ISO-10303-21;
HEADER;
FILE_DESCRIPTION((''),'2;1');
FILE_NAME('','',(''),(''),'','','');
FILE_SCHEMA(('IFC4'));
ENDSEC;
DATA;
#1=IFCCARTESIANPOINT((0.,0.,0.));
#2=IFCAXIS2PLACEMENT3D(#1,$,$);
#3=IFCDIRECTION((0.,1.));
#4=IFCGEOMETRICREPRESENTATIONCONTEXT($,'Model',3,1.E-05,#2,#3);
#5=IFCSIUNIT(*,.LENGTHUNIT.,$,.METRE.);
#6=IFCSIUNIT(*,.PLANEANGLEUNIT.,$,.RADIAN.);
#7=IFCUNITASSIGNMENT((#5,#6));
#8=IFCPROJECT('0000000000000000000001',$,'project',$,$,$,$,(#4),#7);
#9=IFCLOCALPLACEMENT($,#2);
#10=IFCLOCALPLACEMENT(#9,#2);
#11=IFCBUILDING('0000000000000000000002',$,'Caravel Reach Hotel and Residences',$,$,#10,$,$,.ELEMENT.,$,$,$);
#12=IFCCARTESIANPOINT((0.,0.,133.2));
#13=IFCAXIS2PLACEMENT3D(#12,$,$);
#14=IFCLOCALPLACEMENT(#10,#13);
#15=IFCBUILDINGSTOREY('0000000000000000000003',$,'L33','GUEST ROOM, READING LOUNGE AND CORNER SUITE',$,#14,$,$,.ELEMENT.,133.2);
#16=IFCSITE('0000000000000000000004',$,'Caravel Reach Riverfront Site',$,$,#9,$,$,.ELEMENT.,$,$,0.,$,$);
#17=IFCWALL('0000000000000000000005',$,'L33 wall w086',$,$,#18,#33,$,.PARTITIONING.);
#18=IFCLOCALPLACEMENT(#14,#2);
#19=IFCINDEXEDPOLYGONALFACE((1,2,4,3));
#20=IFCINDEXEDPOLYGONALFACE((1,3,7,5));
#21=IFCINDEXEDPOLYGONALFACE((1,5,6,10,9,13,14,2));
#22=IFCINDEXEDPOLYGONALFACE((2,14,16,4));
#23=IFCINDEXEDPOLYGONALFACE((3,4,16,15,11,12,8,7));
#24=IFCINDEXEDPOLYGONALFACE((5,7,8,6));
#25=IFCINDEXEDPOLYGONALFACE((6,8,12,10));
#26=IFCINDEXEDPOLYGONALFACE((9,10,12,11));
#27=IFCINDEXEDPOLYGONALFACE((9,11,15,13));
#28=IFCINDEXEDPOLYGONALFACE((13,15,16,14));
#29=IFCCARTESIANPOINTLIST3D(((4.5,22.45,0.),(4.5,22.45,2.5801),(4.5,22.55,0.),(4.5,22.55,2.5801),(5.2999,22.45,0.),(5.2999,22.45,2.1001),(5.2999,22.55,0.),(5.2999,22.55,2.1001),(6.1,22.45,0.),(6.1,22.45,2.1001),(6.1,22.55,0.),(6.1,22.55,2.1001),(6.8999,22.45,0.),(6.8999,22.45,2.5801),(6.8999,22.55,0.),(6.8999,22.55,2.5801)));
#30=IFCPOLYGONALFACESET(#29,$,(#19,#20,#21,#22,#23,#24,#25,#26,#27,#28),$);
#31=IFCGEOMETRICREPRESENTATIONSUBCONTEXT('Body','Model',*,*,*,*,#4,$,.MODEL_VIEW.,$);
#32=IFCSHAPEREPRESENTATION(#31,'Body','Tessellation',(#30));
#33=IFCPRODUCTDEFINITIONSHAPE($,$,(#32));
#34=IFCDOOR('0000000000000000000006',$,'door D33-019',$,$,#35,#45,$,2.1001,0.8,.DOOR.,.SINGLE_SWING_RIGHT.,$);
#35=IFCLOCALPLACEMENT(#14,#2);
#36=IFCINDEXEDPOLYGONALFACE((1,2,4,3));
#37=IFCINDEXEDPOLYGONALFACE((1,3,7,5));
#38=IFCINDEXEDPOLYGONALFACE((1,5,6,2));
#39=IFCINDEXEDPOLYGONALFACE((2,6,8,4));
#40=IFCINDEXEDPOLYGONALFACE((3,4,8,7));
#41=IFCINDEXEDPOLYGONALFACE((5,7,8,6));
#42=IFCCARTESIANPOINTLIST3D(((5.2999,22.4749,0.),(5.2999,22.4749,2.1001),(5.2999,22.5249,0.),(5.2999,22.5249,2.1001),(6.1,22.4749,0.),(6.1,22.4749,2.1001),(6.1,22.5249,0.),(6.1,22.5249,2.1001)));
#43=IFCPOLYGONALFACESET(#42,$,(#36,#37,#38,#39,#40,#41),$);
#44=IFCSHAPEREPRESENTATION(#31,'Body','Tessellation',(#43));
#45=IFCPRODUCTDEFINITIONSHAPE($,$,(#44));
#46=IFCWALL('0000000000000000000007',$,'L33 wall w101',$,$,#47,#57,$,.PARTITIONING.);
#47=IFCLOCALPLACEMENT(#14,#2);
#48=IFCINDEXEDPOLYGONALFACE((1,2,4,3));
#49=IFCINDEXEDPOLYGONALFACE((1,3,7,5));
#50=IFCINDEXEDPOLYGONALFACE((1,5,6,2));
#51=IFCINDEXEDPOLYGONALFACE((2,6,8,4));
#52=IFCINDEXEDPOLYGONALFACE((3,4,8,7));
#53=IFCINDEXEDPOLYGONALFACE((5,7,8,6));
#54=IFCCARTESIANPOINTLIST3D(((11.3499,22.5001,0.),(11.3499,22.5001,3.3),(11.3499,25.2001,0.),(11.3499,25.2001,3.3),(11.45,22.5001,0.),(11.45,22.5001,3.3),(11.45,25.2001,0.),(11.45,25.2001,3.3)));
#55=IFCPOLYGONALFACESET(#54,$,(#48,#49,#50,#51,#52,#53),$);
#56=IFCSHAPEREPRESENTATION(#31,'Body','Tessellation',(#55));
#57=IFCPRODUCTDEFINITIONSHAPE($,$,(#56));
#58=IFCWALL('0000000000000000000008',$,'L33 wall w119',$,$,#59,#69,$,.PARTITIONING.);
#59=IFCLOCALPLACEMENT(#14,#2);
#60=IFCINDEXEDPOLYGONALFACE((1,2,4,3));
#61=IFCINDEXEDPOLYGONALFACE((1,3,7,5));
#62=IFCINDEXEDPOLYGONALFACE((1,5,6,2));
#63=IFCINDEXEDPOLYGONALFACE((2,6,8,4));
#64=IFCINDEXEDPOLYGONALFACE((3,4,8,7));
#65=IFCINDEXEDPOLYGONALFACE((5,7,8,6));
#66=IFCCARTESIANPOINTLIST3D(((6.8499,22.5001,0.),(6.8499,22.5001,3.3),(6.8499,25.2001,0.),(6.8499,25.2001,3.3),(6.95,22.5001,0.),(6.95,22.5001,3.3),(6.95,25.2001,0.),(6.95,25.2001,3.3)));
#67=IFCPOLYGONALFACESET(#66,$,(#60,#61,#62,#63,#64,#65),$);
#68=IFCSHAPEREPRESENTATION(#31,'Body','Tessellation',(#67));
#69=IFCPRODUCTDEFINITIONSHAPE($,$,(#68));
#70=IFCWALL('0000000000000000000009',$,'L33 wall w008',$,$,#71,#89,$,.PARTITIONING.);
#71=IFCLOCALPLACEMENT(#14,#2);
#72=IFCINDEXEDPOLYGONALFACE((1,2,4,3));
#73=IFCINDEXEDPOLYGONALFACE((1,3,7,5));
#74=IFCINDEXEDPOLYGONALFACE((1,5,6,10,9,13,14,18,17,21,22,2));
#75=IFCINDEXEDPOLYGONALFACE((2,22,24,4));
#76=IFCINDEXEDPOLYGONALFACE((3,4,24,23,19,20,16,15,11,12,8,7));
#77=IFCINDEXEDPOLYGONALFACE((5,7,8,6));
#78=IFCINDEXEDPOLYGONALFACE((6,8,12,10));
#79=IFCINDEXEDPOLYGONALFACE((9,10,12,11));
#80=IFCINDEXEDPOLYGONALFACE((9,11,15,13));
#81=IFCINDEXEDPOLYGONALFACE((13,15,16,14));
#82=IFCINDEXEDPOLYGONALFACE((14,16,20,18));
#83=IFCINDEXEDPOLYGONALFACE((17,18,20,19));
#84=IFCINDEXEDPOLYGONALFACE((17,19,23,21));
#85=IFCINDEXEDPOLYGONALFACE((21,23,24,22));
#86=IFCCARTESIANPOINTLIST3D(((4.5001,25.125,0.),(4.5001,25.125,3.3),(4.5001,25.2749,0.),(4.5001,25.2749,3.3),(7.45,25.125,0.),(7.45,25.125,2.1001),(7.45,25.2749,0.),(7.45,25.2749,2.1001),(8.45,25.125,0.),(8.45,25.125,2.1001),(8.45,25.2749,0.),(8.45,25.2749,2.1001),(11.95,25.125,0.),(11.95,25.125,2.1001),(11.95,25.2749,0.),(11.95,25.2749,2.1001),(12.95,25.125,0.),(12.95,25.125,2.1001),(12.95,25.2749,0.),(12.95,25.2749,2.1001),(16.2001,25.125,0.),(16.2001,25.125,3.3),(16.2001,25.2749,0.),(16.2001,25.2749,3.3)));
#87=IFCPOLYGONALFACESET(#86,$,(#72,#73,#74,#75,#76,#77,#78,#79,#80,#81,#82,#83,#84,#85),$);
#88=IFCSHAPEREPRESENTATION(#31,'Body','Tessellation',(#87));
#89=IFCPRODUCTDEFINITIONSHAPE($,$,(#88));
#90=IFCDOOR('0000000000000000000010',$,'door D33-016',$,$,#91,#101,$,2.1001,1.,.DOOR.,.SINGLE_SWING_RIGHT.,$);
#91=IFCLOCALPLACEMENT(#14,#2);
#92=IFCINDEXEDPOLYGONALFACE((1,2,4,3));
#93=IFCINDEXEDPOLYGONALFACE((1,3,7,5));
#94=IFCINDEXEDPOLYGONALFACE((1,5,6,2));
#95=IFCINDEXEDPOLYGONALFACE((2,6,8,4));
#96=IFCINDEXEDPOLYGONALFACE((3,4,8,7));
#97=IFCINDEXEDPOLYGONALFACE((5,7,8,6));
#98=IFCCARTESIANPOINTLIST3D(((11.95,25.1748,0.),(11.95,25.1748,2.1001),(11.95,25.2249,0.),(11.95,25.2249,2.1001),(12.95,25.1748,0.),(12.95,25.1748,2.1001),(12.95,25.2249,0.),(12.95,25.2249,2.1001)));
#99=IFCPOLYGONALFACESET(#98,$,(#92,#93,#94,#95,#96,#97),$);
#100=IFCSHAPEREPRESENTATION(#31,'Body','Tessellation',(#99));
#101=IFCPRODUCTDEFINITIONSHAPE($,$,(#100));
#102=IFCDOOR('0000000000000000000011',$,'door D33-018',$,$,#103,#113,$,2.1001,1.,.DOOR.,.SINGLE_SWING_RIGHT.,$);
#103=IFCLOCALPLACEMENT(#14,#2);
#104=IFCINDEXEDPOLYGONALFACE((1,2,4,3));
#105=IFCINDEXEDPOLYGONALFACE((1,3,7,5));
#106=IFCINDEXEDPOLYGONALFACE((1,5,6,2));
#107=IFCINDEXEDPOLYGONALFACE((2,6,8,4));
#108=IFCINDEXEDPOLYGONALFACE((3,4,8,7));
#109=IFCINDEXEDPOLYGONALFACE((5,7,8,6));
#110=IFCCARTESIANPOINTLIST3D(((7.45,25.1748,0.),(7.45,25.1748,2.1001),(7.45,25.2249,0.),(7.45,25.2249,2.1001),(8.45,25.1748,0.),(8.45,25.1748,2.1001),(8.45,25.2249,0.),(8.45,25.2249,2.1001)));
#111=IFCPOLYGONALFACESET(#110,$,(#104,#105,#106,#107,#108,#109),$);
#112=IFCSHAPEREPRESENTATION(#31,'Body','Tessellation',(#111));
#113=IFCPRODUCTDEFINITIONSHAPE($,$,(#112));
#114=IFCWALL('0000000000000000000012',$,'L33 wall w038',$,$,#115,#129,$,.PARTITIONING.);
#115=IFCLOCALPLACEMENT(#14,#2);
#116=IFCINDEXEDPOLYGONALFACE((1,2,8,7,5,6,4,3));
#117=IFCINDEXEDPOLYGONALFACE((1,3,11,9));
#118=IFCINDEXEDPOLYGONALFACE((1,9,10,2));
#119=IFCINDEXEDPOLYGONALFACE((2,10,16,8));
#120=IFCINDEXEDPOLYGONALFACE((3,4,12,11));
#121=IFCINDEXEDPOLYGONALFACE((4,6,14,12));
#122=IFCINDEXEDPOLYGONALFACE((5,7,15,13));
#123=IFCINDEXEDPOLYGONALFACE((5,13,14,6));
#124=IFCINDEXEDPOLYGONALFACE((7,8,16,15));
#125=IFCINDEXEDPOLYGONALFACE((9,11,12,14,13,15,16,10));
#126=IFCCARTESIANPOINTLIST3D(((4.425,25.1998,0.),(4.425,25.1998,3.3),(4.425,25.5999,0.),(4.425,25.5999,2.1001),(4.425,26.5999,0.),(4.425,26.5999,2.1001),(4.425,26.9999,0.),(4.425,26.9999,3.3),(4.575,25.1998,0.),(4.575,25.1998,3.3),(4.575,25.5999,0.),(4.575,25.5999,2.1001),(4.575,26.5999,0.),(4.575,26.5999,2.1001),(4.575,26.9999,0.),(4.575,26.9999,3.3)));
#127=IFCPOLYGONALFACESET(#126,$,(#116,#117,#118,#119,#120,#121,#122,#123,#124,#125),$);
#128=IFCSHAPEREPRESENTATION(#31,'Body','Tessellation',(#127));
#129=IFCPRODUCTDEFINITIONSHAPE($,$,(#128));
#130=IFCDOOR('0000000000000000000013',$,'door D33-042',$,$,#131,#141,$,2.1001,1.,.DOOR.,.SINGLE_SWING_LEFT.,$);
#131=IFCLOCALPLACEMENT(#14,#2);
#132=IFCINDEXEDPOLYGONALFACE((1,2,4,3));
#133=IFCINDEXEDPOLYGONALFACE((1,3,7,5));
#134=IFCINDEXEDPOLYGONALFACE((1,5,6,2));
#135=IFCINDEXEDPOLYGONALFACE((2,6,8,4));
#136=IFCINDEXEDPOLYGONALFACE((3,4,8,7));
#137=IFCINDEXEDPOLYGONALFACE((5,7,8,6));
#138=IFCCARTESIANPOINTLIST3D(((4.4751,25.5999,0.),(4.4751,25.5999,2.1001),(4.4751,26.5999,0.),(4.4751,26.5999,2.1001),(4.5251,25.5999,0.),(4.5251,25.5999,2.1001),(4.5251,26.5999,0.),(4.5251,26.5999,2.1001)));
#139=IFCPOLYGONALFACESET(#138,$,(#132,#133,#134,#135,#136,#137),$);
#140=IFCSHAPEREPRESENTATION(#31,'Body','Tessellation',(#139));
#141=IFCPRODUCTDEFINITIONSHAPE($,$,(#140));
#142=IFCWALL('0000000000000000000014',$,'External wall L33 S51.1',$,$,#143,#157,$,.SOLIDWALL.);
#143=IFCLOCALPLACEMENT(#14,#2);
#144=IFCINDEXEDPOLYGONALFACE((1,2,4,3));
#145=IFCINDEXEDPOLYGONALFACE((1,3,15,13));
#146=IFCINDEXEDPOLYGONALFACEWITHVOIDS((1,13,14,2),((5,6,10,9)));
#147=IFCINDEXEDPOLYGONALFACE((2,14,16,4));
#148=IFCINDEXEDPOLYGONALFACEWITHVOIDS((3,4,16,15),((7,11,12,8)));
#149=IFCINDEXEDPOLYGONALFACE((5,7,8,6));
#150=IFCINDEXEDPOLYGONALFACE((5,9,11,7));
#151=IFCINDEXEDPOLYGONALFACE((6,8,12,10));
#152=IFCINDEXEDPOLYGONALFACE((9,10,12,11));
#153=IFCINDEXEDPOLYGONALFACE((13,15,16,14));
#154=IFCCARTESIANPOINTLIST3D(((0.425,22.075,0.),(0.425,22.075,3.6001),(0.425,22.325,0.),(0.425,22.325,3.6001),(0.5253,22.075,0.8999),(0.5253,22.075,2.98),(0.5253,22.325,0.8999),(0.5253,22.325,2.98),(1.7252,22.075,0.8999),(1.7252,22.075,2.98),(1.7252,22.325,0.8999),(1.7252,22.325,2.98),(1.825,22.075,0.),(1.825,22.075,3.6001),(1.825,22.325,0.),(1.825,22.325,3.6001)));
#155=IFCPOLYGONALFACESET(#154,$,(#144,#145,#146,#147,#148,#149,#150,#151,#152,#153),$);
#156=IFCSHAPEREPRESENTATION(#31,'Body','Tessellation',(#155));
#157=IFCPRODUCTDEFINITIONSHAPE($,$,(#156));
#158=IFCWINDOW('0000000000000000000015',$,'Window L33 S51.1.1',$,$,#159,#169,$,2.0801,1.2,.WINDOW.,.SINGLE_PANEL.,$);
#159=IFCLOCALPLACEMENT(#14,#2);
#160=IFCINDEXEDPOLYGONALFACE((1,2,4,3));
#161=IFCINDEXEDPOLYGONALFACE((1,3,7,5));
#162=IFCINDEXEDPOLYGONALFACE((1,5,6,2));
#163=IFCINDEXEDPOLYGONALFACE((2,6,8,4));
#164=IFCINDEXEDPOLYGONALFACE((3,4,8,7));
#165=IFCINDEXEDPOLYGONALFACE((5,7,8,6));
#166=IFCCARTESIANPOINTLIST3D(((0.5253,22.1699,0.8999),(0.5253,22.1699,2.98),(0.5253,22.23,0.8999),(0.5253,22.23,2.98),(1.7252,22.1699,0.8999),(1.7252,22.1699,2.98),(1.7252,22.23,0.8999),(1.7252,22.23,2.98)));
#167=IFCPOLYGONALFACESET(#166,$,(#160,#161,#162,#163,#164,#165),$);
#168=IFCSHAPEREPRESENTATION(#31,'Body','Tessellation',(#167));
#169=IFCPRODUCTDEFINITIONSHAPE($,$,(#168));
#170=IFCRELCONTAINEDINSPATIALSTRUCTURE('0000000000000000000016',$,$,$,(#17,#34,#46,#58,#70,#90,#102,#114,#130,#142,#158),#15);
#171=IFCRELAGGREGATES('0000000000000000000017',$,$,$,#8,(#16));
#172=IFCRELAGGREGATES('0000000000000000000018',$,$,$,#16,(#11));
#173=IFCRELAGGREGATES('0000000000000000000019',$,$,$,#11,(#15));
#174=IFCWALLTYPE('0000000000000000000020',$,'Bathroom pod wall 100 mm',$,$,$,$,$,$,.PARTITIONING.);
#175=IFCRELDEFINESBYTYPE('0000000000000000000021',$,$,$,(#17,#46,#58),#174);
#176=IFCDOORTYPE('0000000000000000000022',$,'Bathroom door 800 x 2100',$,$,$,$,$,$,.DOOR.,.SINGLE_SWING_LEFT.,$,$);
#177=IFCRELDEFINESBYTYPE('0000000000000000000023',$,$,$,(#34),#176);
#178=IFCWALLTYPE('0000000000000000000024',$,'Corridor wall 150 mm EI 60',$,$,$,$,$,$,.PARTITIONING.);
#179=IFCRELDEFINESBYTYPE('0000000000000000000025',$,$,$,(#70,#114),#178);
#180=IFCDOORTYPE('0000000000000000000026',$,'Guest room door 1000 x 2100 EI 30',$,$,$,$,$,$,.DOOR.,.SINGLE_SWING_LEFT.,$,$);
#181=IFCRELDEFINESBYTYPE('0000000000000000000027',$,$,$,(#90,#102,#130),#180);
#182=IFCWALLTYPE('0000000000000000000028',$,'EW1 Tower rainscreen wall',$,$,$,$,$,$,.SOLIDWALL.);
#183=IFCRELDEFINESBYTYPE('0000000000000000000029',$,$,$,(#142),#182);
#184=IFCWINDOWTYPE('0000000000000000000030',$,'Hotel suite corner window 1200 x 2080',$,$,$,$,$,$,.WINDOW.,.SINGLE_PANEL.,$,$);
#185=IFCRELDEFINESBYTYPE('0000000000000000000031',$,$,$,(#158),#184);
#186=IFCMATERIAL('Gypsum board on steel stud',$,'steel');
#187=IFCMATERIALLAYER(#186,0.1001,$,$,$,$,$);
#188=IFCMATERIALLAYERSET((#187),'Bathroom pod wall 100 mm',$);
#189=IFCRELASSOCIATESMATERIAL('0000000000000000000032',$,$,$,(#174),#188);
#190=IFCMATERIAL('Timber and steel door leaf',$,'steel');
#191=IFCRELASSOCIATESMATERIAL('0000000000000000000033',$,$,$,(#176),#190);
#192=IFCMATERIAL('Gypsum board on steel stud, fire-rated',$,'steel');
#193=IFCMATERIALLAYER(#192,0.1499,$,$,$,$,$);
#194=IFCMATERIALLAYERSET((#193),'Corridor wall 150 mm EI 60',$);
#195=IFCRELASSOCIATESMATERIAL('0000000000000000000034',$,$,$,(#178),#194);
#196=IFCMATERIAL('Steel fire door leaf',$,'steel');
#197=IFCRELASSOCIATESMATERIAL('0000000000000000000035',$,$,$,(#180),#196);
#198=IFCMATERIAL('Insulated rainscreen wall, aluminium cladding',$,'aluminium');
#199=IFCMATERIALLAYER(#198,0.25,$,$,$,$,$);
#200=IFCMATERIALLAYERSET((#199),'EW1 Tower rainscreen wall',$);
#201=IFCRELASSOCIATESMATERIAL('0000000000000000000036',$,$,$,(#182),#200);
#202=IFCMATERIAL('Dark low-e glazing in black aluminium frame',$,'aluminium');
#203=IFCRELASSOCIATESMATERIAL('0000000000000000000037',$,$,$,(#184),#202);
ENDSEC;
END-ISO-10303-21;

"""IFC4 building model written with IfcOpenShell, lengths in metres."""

from ifc_helpers import new_model, si_unit, direction, frame, frame_2d, origin, place, context, subcontext, project, spatial, rectangle, extrude, material, layer, layer_set, type_object, element, fill, save


model = new_model("IFC4")

# Units and contexts
model_context = context("Model", 3, precision=1e-05, world=origin(), true_north=direction((0.0, 1.0)))
body_context = subcontext(model_context, "Body", "Model", "MODEL_VIEW")
ifc_project = project(units=[si_unit("LENGTHUNIT", "METRE"), si_unit("PLANEANGLEUNIT", "RADIAN")], contexts=[model_context])

# Site, building, storey
site_placement = place(None, origin())
site = spatial("IfcSite", under=ifc_project, at=site_placement, Name="Caravel Reach Riverfront Site", CompositionType="ELEMENT", RefElevation=0.0)
building_placement = place(site_placement, origin())
building = spatial("IfcBuilding", under=site, at=building_placement, Name="Caravel Reach Hotel and Residences", CompositionType="ELEMENT")
storey_placement = place(building_placement, frame((0.0, 0.0, 133.2)))
storey = spatial("IfcBuildingStorey", under=building, at=storey_placement, Name="L33", Description="GUEST ROOM, READING LOUNGE AND CORNER SUITE", CompositionType="ELEMENT", Elevation=133.2)

# Wall, opening, door
ifc_material_1 = material(Name="Gypsum board on steel stud", Category="steel")
ifc_layer_1 = layer(ifc_material_1, 0.1001)
ifc_layer_set_1 = layer_set([ifc_layer_1], Name="Bathroom pod wall 100 mm")
wall_type_1 = type_object("IfcWallType", Name="Bathroom pod wall 100 mm", PredefinedType="PARTITIONING", material=ifc_layer_set_1)
ifc_material_2 = material(Name="Timber and steel door leaf", Category="steel")
door_type_1 = type_object("IfcDoorType", Name="Bathroom door 800 x 2100", OperationType="SINGLE_SWING_LEFT", PredefinedType="DOOR", material=ifc_material_2)
wall_1_placement = place(storey_placement, frame((4.5, 22.5, 0.0), z_axis=(0.0, 0.0, 1.0), x_axis=(1.0, 0.0, 0.0)))
wall_1 = element("IfcWall", 1, at=wall_1_placement, inside=storey, type_object=wall_type_1, Name="L33 wall w086", PredefinedType="PARTITIONING", context=body_context, shape_type="SweptSolid", body=[
    extrude(rectangle(XDim=2.3999, YDim=0.1001, at=frame_2d((1.2, 0.0))), origin(), (0.0, 0.0, 1.0), 2.5801),
])
opening_1_placement = place(wall_1_placement, frame((0.8, 0.0, 0.0)))
opening_1 = element("IfcOpeningElement", 2, at=opening_1_placement, cuts=wall_1, PredefinedType="OPENING", context=body_context, shape_type="SweptSolid", body=[
    extrude(rectangle(XDim=0.8, YDim=2.1001, at=frame_2d((0.3999, 1.05))), frame((0.0, 0.0601, 0.0), z_axis=(0.0, -1.0, 0.0), x_axis=(1.0, 0.0, 0.0)), (0.0, 0.0, 1.0), 0.1201),
])
door_1_placement = place(opening_1_placement, origin())
door_1 = element("IfcDoor", 3, at=door_1_placement, inside=storey, type_object=door_type_1, Name="door D33-019", OperationType="SINGLE_SWING_RIGHT", OverallHeight=2.1001, OverallWidth=0.8, PredefinedType="DOOR", context=body_context, shape_type="SweptSolid", body=[
    extrude(rectangle(XDim=0.8, YDim=2.1001, at=frame_2d((0.3999, 1.05))), frame((0.0, 0.0249, 0.0), z_axis=(0.0, -1.0, 0.0), x_axis=(1.0, 0.0, 0.0)), (0.0, 0.0, 1.0), 0.05),
])
fill(opening_1, door_1)

# Walls
for number, where, z_axis, x_axis, name in (
    (4, (11.3999, 22.5, 0.0), (0.0, 0.0, 1.0), (0.0, 1.0, 0.0), "L33 wall w101"),
    (5, (6.8999, 22.5, 0.0), (0.0, 0.0, 1.0), (0.0, 1.0, 0.0), "L33 wall w119"),
):
    element("IfcWall", number, at=place(storey_placement, frame(where, z_axis=z_axis, x_axis=x_axis)), inside=storey, type_object=wall_type_1, Name=name, PredefinedType="PARTITIONING", context=body_context, shape_type="SweptSolid", body=[
        extrude(rectangle(XDim=2.7, YDim=0.1001, at=frame_2d((1.3501, 0.0))), origin(), (0.0, 0.0, 1.0), 3.3),
    ])

# Wall, openings, doors
ifc_material_3 = material(Name="Gypsum board on steel stud, fire-rated", Category="steel")
ifc_layer_2 = layer(ifc_material_3, 0.1499)
ifc_layer_set_2 = layer_set([ifc_layer_2], Name="Corridor wall 150 mm EI 60")
wall_type_2 = type_object("IfcWallType", Name="Corridor wall 150 mm EI 60", PredefinedType="PARTITIONING", material=ifc_layer_set_2)
wall_2_placement = place(storey_placement, frame((4.5, 25.2, 0.0), z_axis=(0.0, 0.0, 1.0), x_axis=(1.0, 0.0, 0.0)))
wall_2 = element("IfcWall", 6, at=wall_2_placement, inside=storey, type_object=wall_type_2, Name="L33 wall w008", PredefinedType="PARTITIONING", context=body_context, shape_type="SweptSolid", body=[
    extrude(rectangle(XDim=11.7, YDim=0.1499, at=frame_2d((5.8501, 0.0))), origin(), (0.0, 0.0, 1.0), 3.3),
])
opening_2_placement = place(wall_2_placement, frame((7.45, 0.0, 0.0)))
opening_2 = element("IfcOpeningElement", 7, at=opening_2_placement, cuts=wall_2, PredefinedType="OPENING", context=body_context, shape_type="SweptSolid", body=[
    extrude(rectangle(XDim=1.0, YDim=2.1001, at=frame_2d((0.5, 1.05))), frame((0.0, 0.085, 0.0), z_axis=(0.0, -1.0, 0.0), x_axis=(1.0, 0.0, 0.0)), (0.0, 0.0, 1.0), 0.1699),
])
opening_3_placement = place(wall_2_placement, frame((2.95, 0.0, 0.0)))
opening_3 = element("IfcOpeningElement", 8, at=opening_3_placement, cuts=wall_2, PredefinedType="OPENING", context=body_context, shape_type="SweptSolid", body=[
    extrude(rectangle(XDim=1.0, YDim=2.1001, at=frame_2d((0.5, 1.05))), frame((0.0, 0.085, 0.0), z_axis=(0.0, -1.0, 0.0), x_axis=(1.0, 0.0, 0.0)), (0.0, 0.0, 1.0), 0.1699),
])
ifc_material_4 = material(Name="Steel fire door leaf", Category="steel")
door_type_2 = type_object("IfcDoorType", Name="Guest room door 1000 x 2100 EI 30", OperationType="SINGLE_SWING_LEFT", PredefinedType="DOOR", material=ifc_material_4)
door_2_placement = place(opening_2_placement, origin())
door_2 = element("IfcDoor", 9, at=door_2_placement, inside=storey, type_object=door_type_2, Name="door D33-016", OperationType="SINGLE_SWING_RIGHT", OverallHeight=2.1001, OverallWidth=1.0, PredefinedType="DOOR", context=body_context, shape_type="SweptSolid", body=[
    extrude(rectangle(XDim=1.0, YDim=2.1001, at=frame_2d((0.5, 1.05))), frame((0.0, 0.0249, 0.0), z_axis=(0.0, -1.0, 0.0), x_axis=(1.0, 0.0, 0.0)), (0.0, 0.0, 1.0), 0.05),
])
fill(opening_2, door_2)
door_3_placement = place(opening_3_placement, origin())
door_3 = element("IfcDoor", 10, at=door_3_placement, inside=storey, type_object=door_type_2, Name="door D33-018", OperationType="SINGLE_SWING_RIGHT", OverallHeight=2.1001, OverallWidth=1.0, PredefinedType="DOOR", context=body_context, shape_type="SweptSolid", body=[
    extrude(rectangle(XDim=1.0, YDim=2.1001, at=frame_2d((0.5, 1.05))), frame((0.0, 0.0249, 0.0), z_axis=(0.0, -1.0, 0.0), x_axis=(1.0, 0.0, 0.0)), (0.0, 0.0, 1.0), 0.05),
])
fill(opening_3, door_3)

# Wall, opening, door
wall_3_placement = place(storey_placement, frame((4.5, 25.2, 0.0), z_axis=(0.0, 0.0, 1.0), x_axis=(0.0, 1.0, 0.0)))
wall_3 = element("IfcWall", 11, at=wall_3_placement, inside=storey, type_object=wall_type_2, Name="L33 wall w038", PredefinedType="PARTITIONING", context=body_context, shape_type="SweptSolid", body=[
    extrude(rectangle(XDim=1.8, YDim=0.1499, at=frame_2d((0.8999, 0.0))), origin(), (0.0, 0.0, 1.0), 3.3),
])
opening_4_placement = place(wall_3_placement, frame((0.3999, 0.0, 0.0)))
opening_4 = element("IfcOpeningElement", 12, at=opening_4_placement, cuts=wall_3, PredefinedType="OPENING", context=body_context, shape_type="SweptSolid", body=[
    extrude(rectangle(XDim=1.0, YDim=2.1001, at=frame_2d((0.5, 1.05))), frame((0.0, 0.085, 0.0), z_axis=(0.0, -1.0, 0.0), x_axis=(1.0, 0.0, 0.0)), (0.0, 0.0, 1.0), 0.1699),
])
door_4_placement = place(opening_4_placement, origin())
door_4 = element("IfcDoor", 13, at=door_4_placement, inside=storey, type_object=door_type_2, Name="door D33-042", OperationType="SINGLE_SWING_LEFT", OverallHeight=2.1001, OverallWidth=1.0, PredefinedType="DOOR", context=body_context, shape_type="SweptSolid", body=[
    extrude(rectangle(XDim=1.0, YDim=2.1001, at=frame_2d((0.5, 1.05))), frame((0.0, 0.0249, 0.0), z_axis=(0.0, -1.0, 0.0), x_axis=(1.0, 0.0, 0.0)), (0.0, 0.0, 1.0), 0.05),
])
fill(opening_4, door_4)

# Wall, opening, window
ifc_material_5 = material(Name="Insulated rainscreen wall, aluminium cladding", Category="aluminium")
ifc_layer_3 = layer(ifc_material_5, 0.25)
ifc_layer_set_3 = layer_set([ifc_layer_3], Name="EW1 Tower rainscreen wall")
wall_type_3 = type_object("IfcWallType", Name="EW1 Tower rainscreen wall", PredefinedType="SOLIDWALL", material=ifc_layer_set_3)
wall_4_placement = place(storey_placement, frame((0.425, 22.2, 0.0), z_axis=(0.0, 0.0, 1.0), x_axis=(1.0, 0.0, 0.0)))
wall_4 = element("IfcWall", 14, at=wall_4_placement, inside=storey, type_object=wall_type_3, Name="External wall L33 S51.1", PredefinedType="SOLIDWALL", context=body_context, shape_type="SweptSolid", body=[
    extrude(rectangle(XDim=1.3999, YDim=0.25, at=frame_2d((0.7, 0.0))), origin(), (0.0, 0.0, 1.0), 3.6001),
])
opening_5_placement = place(wall_4_placement, frame((0.1001, 0.0, 0.8999)))
opening_5 = element("IfcOpeningElement", 15, at=opening_5_placement, cuts=wall_4, PredefinedType="OPENING", context=body_context, shape_type="SweptSolid", body=[
    extrude(rectangle(XDim=1.2, YDim=2.0801, at=frame_2d((0.6001, 1.04))), frame((0.0, 0.135, 0.0), z_axis=(0.0, -1.0, 0.0), x_axis=(1.0, 0.0, 0.0)), (0.0, 0.0, 1.0), 0.27),
])
ifc_material_6 = material(Name="Dark low-e glazing in black aluminium frame", Category="aluminium")
window_type = type_object("IfcWindowType", Name="Hotel suite corner window 1200 x 2080", PartitioningType="SINGLE_PANEL", PredefinedType="WINDOW", material=ifc_material_6)
window_1_placement = place(opening_5_placement, origin())
window_1 = element("IfcWindow", 16, at=window_1_placement, inside=storey, type_object=window_type, Name="Window L33 S51.1.1", OverallHeight=2.0801, OverallWidth=1.2, PartitioningType="SINGLE_PANEL", PredefinedType="WINDOW", context=body_context, shape_type="SweptSolid", body=[
    extrude(rectangle(XDim=1.2, YDim=2.0801, at=frame_2d((0.6001, 1.04))), frame((0.0, 0.03, 0.0), z_axis=(0.0, -1.0, 0.0), x_axis=(1.0, 0.0, 0.0)), (0.0, 0.0, 1.0), 0.0601),
])
fill(opening_5, window_1)

save(model, "model.ifc")
